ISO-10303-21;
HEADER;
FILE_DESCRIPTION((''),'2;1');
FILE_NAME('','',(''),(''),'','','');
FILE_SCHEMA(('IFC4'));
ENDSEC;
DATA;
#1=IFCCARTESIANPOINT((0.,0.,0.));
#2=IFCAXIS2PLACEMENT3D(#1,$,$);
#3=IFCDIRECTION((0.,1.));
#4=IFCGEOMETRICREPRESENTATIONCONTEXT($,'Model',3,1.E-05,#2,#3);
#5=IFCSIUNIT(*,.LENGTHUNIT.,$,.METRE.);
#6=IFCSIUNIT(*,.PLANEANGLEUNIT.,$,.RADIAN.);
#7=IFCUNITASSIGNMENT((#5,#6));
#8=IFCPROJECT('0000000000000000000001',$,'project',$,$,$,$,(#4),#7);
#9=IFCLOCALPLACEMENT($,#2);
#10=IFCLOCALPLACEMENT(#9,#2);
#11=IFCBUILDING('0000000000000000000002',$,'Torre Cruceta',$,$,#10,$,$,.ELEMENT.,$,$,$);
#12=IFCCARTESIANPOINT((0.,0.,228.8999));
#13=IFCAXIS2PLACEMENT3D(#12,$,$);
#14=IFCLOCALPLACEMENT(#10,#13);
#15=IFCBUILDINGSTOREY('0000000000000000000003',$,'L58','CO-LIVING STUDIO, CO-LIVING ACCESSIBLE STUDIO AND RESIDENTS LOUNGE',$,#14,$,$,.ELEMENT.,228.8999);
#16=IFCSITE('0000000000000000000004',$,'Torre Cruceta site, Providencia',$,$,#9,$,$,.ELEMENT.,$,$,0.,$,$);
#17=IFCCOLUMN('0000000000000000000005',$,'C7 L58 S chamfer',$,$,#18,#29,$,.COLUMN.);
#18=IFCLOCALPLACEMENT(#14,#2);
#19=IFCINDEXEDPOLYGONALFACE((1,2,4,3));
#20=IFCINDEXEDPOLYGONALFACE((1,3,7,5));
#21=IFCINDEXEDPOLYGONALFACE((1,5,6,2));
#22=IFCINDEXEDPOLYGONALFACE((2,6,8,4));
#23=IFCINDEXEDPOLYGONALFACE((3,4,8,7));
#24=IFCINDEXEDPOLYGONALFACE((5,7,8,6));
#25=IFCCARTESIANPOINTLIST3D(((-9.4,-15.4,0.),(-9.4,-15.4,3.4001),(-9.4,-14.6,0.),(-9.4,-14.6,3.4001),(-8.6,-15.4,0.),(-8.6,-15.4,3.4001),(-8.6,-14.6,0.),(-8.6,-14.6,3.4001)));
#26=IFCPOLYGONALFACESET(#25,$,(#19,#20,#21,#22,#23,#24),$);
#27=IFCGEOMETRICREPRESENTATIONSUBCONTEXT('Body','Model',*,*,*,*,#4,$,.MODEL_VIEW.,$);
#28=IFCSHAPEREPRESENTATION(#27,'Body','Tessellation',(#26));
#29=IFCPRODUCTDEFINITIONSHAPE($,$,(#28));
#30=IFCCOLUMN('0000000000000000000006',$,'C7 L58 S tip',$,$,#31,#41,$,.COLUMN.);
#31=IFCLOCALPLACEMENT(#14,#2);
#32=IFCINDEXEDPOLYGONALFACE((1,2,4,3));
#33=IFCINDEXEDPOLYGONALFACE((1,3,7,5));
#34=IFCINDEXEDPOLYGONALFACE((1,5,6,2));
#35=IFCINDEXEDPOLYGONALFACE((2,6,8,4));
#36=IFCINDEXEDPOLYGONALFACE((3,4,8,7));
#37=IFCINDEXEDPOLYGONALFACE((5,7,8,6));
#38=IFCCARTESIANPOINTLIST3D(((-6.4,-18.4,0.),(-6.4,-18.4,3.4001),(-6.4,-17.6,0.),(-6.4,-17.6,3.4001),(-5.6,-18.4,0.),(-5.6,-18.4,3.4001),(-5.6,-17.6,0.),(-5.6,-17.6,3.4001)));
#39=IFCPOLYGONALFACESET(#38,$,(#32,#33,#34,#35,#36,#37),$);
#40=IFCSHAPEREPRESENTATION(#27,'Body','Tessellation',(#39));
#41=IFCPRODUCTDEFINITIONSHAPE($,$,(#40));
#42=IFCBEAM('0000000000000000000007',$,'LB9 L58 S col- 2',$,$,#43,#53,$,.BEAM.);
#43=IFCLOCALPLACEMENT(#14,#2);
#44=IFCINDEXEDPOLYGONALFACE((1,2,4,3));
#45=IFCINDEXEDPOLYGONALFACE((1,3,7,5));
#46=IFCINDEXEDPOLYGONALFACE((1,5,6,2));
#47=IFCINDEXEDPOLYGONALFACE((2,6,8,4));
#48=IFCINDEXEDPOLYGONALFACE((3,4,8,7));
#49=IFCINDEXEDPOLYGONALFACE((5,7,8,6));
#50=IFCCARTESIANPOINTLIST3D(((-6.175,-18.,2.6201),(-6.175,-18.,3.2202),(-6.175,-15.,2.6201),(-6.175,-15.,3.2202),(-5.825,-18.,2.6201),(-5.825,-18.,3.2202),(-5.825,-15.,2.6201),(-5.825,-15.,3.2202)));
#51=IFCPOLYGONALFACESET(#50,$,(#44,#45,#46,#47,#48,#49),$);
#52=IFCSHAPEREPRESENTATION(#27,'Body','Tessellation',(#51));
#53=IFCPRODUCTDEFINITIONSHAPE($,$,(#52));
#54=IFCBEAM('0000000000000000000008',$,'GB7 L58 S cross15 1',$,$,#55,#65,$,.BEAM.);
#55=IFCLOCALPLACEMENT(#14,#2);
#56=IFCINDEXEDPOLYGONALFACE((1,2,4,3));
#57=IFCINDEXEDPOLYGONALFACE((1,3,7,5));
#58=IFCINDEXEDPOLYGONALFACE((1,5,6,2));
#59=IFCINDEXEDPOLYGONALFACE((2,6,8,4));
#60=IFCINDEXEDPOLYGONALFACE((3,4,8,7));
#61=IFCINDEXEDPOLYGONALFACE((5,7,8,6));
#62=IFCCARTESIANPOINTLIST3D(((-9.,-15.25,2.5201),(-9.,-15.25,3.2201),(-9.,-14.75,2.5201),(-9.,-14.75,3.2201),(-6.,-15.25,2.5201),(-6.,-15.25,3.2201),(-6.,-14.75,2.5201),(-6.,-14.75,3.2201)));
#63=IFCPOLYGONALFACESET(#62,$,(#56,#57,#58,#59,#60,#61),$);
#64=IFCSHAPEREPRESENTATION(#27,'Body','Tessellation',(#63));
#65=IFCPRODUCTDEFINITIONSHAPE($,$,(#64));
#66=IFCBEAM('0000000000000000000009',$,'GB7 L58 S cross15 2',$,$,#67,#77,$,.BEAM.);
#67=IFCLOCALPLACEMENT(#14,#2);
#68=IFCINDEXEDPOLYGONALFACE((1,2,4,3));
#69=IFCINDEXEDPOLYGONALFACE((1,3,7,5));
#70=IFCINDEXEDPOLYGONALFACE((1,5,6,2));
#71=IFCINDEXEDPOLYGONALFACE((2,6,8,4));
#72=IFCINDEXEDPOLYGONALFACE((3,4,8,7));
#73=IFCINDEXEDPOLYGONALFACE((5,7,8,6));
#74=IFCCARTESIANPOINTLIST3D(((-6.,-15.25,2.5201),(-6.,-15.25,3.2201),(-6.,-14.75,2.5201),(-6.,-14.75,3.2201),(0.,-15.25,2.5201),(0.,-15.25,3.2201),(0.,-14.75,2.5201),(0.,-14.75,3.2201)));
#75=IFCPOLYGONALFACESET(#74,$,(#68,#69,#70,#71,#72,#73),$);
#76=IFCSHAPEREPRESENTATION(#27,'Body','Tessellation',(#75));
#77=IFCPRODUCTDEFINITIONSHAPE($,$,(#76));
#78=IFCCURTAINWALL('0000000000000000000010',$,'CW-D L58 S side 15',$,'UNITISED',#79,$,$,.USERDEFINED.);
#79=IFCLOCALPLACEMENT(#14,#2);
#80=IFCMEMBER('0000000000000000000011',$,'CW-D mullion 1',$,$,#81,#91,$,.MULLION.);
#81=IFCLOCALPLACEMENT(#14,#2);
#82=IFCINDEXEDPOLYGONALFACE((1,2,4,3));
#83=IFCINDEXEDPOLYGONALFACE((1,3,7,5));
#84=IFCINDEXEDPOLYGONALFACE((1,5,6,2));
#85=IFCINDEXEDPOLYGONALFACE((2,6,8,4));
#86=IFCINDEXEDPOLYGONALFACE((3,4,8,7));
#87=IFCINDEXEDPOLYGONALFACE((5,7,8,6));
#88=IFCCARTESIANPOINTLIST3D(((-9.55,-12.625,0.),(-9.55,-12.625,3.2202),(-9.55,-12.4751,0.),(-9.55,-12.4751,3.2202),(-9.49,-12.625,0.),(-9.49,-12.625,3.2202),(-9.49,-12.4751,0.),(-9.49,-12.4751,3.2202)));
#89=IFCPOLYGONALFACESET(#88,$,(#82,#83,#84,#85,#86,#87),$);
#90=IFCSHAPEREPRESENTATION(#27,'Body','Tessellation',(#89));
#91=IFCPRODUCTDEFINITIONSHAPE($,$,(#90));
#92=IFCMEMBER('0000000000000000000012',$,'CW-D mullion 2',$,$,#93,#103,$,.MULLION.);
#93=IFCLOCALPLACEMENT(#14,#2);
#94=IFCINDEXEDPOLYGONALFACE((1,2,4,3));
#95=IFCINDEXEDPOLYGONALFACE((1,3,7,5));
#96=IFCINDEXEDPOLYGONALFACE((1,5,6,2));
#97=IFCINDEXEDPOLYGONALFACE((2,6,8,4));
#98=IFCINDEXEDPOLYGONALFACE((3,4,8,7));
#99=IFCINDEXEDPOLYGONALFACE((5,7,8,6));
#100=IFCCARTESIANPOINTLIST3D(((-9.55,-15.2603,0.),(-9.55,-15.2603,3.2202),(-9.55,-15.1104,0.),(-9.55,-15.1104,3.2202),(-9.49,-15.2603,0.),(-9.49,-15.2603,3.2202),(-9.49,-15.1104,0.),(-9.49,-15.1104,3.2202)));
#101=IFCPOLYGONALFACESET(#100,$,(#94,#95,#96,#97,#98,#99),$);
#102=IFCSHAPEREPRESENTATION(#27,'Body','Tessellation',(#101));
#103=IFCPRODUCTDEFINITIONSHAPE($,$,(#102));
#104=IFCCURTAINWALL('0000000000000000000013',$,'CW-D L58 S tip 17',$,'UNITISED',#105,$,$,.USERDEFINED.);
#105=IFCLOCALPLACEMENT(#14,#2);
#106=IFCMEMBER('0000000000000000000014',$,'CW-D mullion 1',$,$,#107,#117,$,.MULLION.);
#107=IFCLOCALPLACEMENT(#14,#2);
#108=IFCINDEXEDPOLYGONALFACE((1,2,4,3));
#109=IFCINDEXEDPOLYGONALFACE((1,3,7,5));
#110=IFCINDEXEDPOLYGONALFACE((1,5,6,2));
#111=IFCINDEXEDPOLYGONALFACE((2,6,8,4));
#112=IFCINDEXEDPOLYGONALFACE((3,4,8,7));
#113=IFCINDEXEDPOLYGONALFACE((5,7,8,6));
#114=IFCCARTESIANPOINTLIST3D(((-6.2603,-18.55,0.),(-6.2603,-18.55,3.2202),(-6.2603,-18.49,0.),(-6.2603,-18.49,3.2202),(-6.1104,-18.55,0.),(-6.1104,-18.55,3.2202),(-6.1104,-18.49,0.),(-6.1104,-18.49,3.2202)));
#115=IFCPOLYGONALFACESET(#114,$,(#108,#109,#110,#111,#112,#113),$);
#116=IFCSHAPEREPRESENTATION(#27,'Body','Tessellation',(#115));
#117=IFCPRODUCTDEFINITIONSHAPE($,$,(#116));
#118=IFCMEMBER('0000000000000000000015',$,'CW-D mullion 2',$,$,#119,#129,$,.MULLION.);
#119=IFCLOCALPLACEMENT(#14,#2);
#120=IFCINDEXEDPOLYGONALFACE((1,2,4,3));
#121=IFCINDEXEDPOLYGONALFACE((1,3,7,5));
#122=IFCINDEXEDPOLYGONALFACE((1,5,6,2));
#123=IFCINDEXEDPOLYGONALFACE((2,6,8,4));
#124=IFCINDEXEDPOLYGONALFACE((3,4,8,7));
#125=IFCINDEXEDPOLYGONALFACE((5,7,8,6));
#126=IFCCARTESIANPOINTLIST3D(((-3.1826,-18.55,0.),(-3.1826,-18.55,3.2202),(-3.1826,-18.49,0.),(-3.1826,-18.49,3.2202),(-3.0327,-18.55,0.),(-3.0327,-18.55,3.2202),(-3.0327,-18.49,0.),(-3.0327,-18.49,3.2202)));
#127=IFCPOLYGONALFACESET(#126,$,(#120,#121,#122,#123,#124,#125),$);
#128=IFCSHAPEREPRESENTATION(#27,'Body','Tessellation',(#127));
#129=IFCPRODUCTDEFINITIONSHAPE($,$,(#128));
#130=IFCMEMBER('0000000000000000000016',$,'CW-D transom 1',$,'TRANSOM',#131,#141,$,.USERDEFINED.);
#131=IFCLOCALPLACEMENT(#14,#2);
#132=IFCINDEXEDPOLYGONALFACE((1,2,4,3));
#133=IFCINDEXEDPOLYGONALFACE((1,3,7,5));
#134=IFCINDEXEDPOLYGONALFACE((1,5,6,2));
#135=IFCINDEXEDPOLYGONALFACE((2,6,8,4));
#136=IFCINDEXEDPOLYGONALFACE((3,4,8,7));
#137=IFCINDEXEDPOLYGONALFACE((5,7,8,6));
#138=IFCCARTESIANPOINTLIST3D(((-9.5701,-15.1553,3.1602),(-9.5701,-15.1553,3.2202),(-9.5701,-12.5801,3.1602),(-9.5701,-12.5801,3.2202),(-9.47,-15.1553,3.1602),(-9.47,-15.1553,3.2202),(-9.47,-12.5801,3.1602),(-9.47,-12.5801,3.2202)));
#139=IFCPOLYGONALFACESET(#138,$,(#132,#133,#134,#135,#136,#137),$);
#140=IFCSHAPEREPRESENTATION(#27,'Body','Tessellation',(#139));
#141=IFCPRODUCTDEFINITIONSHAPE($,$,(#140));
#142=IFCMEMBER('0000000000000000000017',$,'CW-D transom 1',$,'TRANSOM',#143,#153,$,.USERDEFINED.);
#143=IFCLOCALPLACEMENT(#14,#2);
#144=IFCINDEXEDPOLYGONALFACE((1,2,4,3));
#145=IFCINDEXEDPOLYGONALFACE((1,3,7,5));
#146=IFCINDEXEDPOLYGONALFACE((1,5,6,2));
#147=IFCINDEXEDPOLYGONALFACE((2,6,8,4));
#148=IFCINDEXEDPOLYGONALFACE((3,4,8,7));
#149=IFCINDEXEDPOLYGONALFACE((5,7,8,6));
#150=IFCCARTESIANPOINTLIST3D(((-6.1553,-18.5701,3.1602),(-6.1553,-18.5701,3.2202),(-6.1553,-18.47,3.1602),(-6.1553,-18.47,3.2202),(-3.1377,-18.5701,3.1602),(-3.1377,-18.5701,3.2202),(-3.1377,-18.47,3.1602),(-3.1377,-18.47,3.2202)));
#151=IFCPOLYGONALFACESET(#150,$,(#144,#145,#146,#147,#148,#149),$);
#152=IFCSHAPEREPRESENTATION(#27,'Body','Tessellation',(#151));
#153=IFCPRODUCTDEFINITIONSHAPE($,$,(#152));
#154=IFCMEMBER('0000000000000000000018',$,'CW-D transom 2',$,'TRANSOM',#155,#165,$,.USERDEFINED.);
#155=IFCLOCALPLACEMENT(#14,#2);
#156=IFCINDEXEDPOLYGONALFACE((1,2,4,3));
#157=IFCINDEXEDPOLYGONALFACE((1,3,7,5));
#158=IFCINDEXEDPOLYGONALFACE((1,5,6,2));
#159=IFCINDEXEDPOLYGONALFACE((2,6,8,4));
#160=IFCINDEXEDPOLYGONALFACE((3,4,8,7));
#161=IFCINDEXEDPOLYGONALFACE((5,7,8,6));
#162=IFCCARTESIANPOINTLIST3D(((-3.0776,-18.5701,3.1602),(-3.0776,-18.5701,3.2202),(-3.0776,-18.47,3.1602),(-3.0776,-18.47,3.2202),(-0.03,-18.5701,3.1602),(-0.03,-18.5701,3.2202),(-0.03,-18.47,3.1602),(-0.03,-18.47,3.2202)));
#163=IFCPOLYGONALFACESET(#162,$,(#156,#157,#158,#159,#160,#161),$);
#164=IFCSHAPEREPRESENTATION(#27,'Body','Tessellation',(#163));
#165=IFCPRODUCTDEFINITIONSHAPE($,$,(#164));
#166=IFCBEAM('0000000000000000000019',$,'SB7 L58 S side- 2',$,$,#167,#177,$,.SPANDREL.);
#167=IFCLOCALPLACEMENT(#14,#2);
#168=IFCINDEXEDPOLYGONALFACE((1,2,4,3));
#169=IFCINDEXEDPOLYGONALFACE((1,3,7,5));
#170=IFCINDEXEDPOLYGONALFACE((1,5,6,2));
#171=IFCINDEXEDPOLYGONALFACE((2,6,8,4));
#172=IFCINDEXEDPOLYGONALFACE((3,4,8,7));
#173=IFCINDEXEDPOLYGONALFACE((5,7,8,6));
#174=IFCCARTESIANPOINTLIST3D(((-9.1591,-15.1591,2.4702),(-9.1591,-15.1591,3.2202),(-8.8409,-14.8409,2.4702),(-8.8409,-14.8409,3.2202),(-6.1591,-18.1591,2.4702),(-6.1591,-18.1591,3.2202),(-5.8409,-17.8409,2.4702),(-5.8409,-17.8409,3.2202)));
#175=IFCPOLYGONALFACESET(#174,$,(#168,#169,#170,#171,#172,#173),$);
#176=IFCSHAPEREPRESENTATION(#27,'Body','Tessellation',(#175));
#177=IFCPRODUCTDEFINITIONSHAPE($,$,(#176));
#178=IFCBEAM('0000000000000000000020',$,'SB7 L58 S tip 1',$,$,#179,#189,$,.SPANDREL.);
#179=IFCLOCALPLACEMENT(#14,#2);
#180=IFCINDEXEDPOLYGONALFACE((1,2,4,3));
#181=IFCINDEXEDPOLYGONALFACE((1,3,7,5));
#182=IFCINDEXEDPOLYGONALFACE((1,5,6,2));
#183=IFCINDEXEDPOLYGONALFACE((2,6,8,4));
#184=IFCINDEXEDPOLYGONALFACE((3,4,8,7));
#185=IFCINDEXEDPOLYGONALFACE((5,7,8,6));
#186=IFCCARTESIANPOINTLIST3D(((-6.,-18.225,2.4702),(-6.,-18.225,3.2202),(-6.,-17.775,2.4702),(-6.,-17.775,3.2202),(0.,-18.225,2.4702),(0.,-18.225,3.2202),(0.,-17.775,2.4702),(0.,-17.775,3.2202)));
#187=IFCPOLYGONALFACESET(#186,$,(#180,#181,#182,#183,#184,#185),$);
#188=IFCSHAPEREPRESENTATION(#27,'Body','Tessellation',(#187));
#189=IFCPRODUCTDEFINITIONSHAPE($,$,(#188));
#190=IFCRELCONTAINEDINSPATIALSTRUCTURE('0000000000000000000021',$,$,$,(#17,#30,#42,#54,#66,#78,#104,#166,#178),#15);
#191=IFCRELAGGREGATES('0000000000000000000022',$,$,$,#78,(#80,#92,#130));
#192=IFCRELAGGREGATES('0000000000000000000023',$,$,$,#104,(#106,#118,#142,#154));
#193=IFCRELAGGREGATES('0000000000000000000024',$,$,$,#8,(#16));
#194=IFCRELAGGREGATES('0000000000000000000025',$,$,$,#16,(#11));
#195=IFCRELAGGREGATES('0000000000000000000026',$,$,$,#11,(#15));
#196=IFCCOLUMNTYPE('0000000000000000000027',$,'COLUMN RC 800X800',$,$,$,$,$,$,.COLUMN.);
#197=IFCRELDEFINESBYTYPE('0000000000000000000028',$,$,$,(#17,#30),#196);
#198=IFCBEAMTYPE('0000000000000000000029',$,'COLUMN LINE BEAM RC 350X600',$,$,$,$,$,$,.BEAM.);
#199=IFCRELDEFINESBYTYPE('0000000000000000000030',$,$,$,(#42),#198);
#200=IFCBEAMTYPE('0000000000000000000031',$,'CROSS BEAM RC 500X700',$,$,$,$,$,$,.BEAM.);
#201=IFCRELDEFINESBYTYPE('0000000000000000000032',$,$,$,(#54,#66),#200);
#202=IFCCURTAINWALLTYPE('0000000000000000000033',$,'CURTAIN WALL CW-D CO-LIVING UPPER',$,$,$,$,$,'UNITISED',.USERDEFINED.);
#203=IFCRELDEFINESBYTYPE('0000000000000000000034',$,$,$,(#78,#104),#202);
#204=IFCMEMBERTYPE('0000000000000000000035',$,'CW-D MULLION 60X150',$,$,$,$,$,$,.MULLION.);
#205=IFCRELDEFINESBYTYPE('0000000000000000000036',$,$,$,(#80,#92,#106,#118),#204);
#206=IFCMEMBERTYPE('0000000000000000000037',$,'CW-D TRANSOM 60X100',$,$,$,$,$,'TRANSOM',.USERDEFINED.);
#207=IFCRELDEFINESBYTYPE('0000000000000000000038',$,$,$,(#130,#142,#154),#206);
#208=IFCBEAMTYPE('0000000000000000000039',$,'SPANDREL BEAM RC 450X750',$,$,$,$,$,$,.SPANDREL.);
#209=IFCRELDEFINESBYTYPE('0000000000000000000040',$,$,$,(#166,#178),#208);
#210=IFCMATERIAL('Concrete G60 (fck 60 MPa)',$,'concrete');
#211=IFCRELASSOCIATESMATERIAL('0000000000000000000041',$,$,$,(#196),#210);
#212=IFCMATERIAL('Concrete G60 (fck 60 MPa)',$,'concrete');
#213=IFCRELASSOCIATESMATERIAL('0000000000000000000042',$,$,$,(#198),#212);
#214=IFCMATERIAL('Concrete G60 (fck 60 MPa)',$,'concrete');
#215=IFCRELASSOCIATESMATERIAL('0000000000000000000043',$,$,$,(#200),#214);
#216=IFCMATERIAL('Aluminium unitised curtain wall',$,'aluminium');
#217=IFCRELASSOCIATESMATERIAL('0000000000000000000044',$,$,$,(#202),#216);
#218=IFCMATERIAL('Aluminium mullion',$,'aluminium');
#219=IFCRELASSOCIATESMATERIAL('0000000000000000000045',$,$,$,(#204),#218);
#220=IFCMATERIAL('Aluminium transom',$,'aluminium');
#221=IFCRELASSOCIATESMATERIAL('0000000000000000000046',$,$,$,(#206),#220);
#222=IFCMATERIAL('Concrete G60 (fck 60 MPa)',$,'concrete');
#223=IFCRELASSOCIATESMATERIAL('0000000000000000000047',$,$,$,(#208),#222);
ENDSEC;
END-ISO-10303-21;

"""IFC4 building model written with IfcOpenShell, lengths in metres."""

from ifc_helpers import new_model, si_unit, direction, frame, origin, origin_2d, place, context, subcontext, project, spatial, rectangle, extrude, material, material_profile, profile_set, type_object, element, aggregate, save


model = new_model("IFC4")

# Units and contexts
model_context = context("Model", 3, precision=1e-05, world=origin(), true_north=direction((0.0, 1.0)))
body_context = subcontext(model_context, "Body", "Model", "MODEL_VIEW")
ifc_project = project(units=[si_unit("LENGTHUNIT", "METRE"), si_unit("PLANEANGLEUNIT", "RADIAN")], contexts=[model_context])

# Site, building, storey
site_placement = place(None, origin())
site = spatial("IfcSite", under=ifc_project, at=site_placement, Name="Torre Cruceta site, Providencia", CompositionType="ELEMENT", RefElevation=0.0)
building_placement = place(site_placement, origin())
building = spatial("IfcBuilding", under=site, at=building_placement, Name="Torre Cruceta", CompositionType="ELEMENT")
storey_placement = place(building_placement, frame((0.0, 0.0, 228.8999)))
storey = spatial("IfcBuildingStorey", under=building, at=storey_placement, Name="L58", Description="CO-LIVING STUDIO, CO-LIVING ACCESSIBLE STUDIO AND RESIDENTS LOUNGE", CompositionType="ELEMENT", Elevation=228.8999)

# Columns
ifc_material_1 = material(Name="Concrete G60 (fck 60 MPa)", Category="concrete")
ifc_material_profile_1 = material_profile(ifc_material_1, rectangle(XDim=0.8, YDim=0.8, at=origin_2d()), Name="RC 800X800")
ifc_profile_set_1 = profile_set([ifc_material_profile_1], Name="Concrete G60 (fck 60 MPa)")
column_type = type_object("IfcColumnType", Name="COLUMN RC 800X800", PredefinedType="COLUMN", material=ifc_profile_set_1)
for number, where, z_axis, x_axis, name in (
    (1, (-9.0, -15.0, 0.0), (0.0, 0.0, 1.0), (1.0, 0.0, 0.0), "C7 L58 S chamfer"),
    (2, (-6.0, -18.0, 0.0), (0.0, 0.0, 1.0), (1.0, 0.0, 0.0), "C7 L58 S tip"),
):
    element("IfcColumn", number, at=place(storey_placement, frame(where, z_axis=z_axis, x_axis=x_axis)), inside=storey, type_object=column_type, Name=name, PredefinedType="COLUMN", context=body_context, shape_type="SweptSolid", body=[
        extrude(rectangle(XDim=0.8, YDim=0.8, at=origin_2d()), origin(), (0.0, 0.0, 1.0), 3.4001),
    ])

# Beams
ifc_material_2 = material(Name="Concrete G60 (fck 60 MPa)", Category="concrete")
ifc_material_profile_2 = material_profile(ifc_material_2, rectangle(XDim=0.3501, YDim=0.6001, at=origin_2d()), Name="RC 350X600")
ifc_profile_set_2 = profile_set([ifc_material_profile_2], Name="Concrete G60 (fck 60 MPa)")
beam_type_1 = type_object("IfcBeamType", Name="COLUMN LINE BEAM RC 350X600", PredefinedType="BEAM", material=ifc_profile_set_2)
beam_1_placement = place(storey_placement, frame((-6.0, -15.0, 2.9202), z_axis=(0.0, -1.0, 0.0), x_axis=(1.0, 0.0, 0.0)))
element("IfcBeam", 3, at=beam_1_placement, inside=storey, type_object=beam_type_1, Name="LB9 L58 S col- 2", PredefinedType="BEAM", context=body_context, shape_type="SweptSolid", body=[
    extrude(rectangle(XDim=0.3501, YDim=0.6001, at=origin_2d()), origin(), (0.0, 0.0, 1.0), 3.0),
])
ifc_material_3 = material(Name="Concrete G60 (fck 60 MPa)", Category="concrete")
ifc_material_profile_3 = material_profile(ifc_material_3, rectangle(XDim=0.5, YDim=0.7, at=origin_2d()), Name="RC 500X700")
ifc_profile_set_3 = profile_set([ifc_material_profile_3], Name="Concrete G60 (fck 60 MPa)")
beam_type_2 = type_object("IfcBeamType", Name="CROSS BEAM RC 500X700", PredefinedType="BEAM", material=ifc_profile_set_3)
beam_2_placement = place(storey_placement, frame((-9.0, -15.0, 2.8701), z_axis=(1.0, 0.0, 0.0), x_axis=(0.0, 1.0, 0.0)))
element("IfcBeam", 4, at=beam_2_placement, inside=storey, type_object=beam_type_2, Name="GB7 L58 S cross15 1", PredefinedType="BEAM", context=body_context, shape_type="SweptSolid", body=[
    extrude(rectangle(XDim=0.5, YDim=0.7, at=origin_2d()), origin(), (0.0, 0.0, 1.0), 3.0),
])
beam_3_placement = place(storey_placement, frame((-6.0, -15.0, 2.8701), z_axis=(1.0, 0.0, 0.0), x_axis=(0.0, 1.0, 0.0)))
element("IfcBeam", 5, at=beam_3_placement, inside=storey, type_object=beam_type_2, Name="GB7 L58 S cross15 2", PredefinedType="BEAM", context=body_context, shape_type="SweptSolid", body=[
    extrude(rectangle(XDim=0.5, YDim=0.7, at=origin_2d()), origin(), (0.0, 0.0, 1.0), 6.0),
])

# Curtain walls, members
ifc_material_4 = material(Name="Aluminium unitised curtain wall", Category="aluminium")
curtain_wall_type = type_object("IfcCurtainWallType", Name="CURTAIN WALL CW-D CO-LIVING UPPER", ElementType="UNITISED", PredefinedType="USERDEFINED", material=ifc_material_4)
curtain_wall_1_placement = place(storey_placement, origin())
curtain_wall_1 = element("IfcCurtainWall", 6, at=curtain_wall_1_placement, inside=storey, type_object=curtain_wall_type, Name="CW-D L58 S side 15", ObjectType="UNITISED", PredefinedType="USERDEFINED")
ifc_material_5 = material(Name="Aluminium mullion", Category="aluminium")
ifc_material_profile_4 = material_profile(ifc_material_5, rectangle(XDim=0.0601, YDim=0.1499, at=origin_2d()), Name="AL 60X150")
ifc_profile_set_4 = profile_set([ifc_material_profile_4], Name="Aluminium mullion")
member_type_1 = type_object("IfcMemberType", Name="CW-D MULLION 60X150", PredefinedType="MULLION", material=ifc_profile_set_4)
member_1_placement = place(storey_placement, frame((-9.52, -12.55, 0.0), z_axis=(0.0, 0.0, 1.0), x_axis=(1.0, 0.0, 0.0)))
member_1 = element("IfcMember", 7, at=member_1_placement, type_object=member_type_1, Name="CW-D mullion 1", PredefinedType="MULLION", context=body_context, shape_type="SweptSolid", body=[
    extrude(rectangle(XDim=0.0601, YDim=0.1499, at=origin_2d()), origin(), (0.0, 0.0, 1.0), 3.2202),
])
member_2_placement = place(storey_placement, frame((-9.52, -15.1853, 0.0), z_axis=(0.0, 0.0, 1.0), x_axis=(1.0, 0.0, 0.0)))
member_2 = element("IfcMember", 8, at=member_2_placement, type_object=member_type_1, Name="CW-D mullion 2", PredefinedType="MULLION", context=body_context, shape_type="SweptSolid", body=[
    extrude(rectangle(XDim=0.0601, YDim=0.1499, at=origin_2d()), origin(), (0.0, 0.0, 1.0), 3.2202),
])
curtain_wall_2_placement = place(storey_placement, origin())
curtain_wall_2 = element("IfcCurtainWall", 9, at=curtain_wall_2_placement, inside=storey, type_object=curtain_wall_type, Name="CW-D L58 S tip 17", ObjectType="UNITISED", PredefinedType="USERDEFINED")
member_3_placement = place(storey_placement, frame((-6.1853, -18.52, 0.0), z_axis=(0.0, 0.0, 1.0), x_axis=(0.0, 1.0, 0.0)))
member_3 = element("IfcMember", 10, at=member_3_placement, type_object=member_type_1, Name="CW-D mullion 1", PredefinedType="MULLION", context=body_context, shape_type="SweptSolid", body=[
    extrude(rectangle(XDim=0.0601, YDim=0.1499, at=origin_2d()), origin(), (0.0, 0.0, 1.0), 3.2202),
])
member_4_placement = place(storey_placement, frame((-3.1077, -18.52, 0.0), z_axis=(0.0, 0.0, 1.0), x_axis=(0.0, 1.0, 0.0)))
member_4 = element("IfcMember", 11, at=member_4_placement, type_object=member_type_1, Name="CW-D mullion 2", PredefinedType="MULLION", context=body_context, shape_type="SweptSolid", body=[
    extrude(rectangle(XDim=0.0601, YDim=0.1499, at=origin_2d()), origin(), (0.0, 0.0, 1.0), 3.2202),
])

# Members
ifc_material_6 = material(Name="Aluminium transom", Category="aluminium")
ifc_material_profile_5 = material_profile(ifc_material_6, rectangle(XDim=0.1001, YDim=0.0601, at=origin_2d()), Name="AL 100X60")
ifc_profile_set_5 = profile_set([ifc_material_profile_5], Name="Aluminium transom")
member_type_2 = type_object("IfcMemberType", Name="CW-D TRANSOM 60X100", ElementType="TRANSOM", PredefinedType="USERDEFINED", material=ifc_profile_set_5)
member_5_placement = place(storey_placement, frame((-9.52, -12.5801, 3.1902), z_axis=(0.0, -1.0, 0.0), x_axis=(1.0, 0.0, 0.0)))
member_5 = element("IfcMember", 12, at=member_5_placement, type_object=member_type_2, Name="CW-D transom 1", ObjectType="TRANSOM", PredefinedType="USERDEFINED", context=body_context, shape_type="SweptSolid", body=[
    extrude(rectangle(XDim=0.1001, YDim=0.0601, at=origin_2d()), origin(), (0.0, 0.0, 1.0), 2.5752),
])
member_6_placement = place(storey_placement, frame((-6.1553, -18.52, 3.1902), z_axis=(1.0, 0.0, 0.0), x_axis=(0.0, 1.0, 0.0)))
member_6 = element("IfcMember", 13, at=member_6_placement, type_object=member_type_2, Name="CW-D transom 1", ObjectType="TRANSOM", PredefinedType="USERDEFINED", context=body_context, shape_type="SweptSolid", body=[
    extrude(rectangle(XDim=0.1001, YDim=0.0601, at=origin_2d()), origin(), (0.0, 0.0, 1.0), 3.0176),
])
member_7_placement = place(storey_placement, frame((-3.0776, -18.52, 3.1902), z_axis=(1.0, 0.0, 0.0), x_axis=(0.0, 1.0, 0.0)))
member_7 = element("IfcMember", 14, at=member_7_placement, type_object=member_type_2, Name="CW-D transom 2", ObjectType="TRANSOM", PredefinedType="USERDEFINED", context=body_context, shape_type="SweptSolid", body=[
    extrude(rectangle(XDim=0.1001, YDim=0.0601, at=origin_2d()), origin(), (0.0, 0.0, 1.0), 3.0476),
])

# Beams
ifc_material_7 = material(Name="Concrete G60 (fck 60 MPa)", Category="concrete")
ifc_material_profile_6 = material_profile(ifc_material_7, rectangle(XDim=0.45, YDim=0.75, at=origin_2d()), Name="RC 450X750")
ifc_profile_set_6 = profile_set([ifc_material_profile_6], Name="Concrete G60 (fck 60 MPa)")
beam_type_3 = type_object("IfcBeamType", Name="SPANDREL BEAM RC 450X750", PredefinedType="SPANDREL", material=ifc_profile_set_6)
beam_4_placement = place(storey_placement, frame((-9.0, -15.0, 2.8452), z_axis=(0.707107, -0.707107, 0.0), x_axis=(0.707107, 0.707107, 0.0)))
element("IfcBeam", 15, at=beam_4_placement, inside=storey, type_object=beam_type_3, Name="SB7 L58 S side- 2", PredefinedType="SPANDREL", context=body_context, shape_type="SweptSolid", body=[
    extrude(rectangle(XDim=0.45, YDim=0.75, at=origin_2d()), origin(), (0.0, 0.0, 1.0), 4.2427),
])
beam_5_placement = place(storey_placement, frame((-6.0, -18.0, 2.8452), z_axis=(1.0, 0.0, 0.0), x_axis=(0.0, 1.0, 0.0)))
element("IfcBeam", 16, at=beam_5_placement, inside=storey, type_object=beam_type_3, Name="SB7 L58 S tip 1", PredefinedType="SPANDREL", context=body_context, shape_type="SweptSolid", body=[
    extrude(rectangle(XDim=0.45, YDim=0.75, at=origin_2d()), origin(), (0.0, 0.0, 1.0), 6.0),
])

aggregate(curtain_wall_1, [member_1, member_2, member_5])
aggregate(curtain_wall_2, [member_3, member_4, member_6, member_7])

save(model, "model.ifc")
